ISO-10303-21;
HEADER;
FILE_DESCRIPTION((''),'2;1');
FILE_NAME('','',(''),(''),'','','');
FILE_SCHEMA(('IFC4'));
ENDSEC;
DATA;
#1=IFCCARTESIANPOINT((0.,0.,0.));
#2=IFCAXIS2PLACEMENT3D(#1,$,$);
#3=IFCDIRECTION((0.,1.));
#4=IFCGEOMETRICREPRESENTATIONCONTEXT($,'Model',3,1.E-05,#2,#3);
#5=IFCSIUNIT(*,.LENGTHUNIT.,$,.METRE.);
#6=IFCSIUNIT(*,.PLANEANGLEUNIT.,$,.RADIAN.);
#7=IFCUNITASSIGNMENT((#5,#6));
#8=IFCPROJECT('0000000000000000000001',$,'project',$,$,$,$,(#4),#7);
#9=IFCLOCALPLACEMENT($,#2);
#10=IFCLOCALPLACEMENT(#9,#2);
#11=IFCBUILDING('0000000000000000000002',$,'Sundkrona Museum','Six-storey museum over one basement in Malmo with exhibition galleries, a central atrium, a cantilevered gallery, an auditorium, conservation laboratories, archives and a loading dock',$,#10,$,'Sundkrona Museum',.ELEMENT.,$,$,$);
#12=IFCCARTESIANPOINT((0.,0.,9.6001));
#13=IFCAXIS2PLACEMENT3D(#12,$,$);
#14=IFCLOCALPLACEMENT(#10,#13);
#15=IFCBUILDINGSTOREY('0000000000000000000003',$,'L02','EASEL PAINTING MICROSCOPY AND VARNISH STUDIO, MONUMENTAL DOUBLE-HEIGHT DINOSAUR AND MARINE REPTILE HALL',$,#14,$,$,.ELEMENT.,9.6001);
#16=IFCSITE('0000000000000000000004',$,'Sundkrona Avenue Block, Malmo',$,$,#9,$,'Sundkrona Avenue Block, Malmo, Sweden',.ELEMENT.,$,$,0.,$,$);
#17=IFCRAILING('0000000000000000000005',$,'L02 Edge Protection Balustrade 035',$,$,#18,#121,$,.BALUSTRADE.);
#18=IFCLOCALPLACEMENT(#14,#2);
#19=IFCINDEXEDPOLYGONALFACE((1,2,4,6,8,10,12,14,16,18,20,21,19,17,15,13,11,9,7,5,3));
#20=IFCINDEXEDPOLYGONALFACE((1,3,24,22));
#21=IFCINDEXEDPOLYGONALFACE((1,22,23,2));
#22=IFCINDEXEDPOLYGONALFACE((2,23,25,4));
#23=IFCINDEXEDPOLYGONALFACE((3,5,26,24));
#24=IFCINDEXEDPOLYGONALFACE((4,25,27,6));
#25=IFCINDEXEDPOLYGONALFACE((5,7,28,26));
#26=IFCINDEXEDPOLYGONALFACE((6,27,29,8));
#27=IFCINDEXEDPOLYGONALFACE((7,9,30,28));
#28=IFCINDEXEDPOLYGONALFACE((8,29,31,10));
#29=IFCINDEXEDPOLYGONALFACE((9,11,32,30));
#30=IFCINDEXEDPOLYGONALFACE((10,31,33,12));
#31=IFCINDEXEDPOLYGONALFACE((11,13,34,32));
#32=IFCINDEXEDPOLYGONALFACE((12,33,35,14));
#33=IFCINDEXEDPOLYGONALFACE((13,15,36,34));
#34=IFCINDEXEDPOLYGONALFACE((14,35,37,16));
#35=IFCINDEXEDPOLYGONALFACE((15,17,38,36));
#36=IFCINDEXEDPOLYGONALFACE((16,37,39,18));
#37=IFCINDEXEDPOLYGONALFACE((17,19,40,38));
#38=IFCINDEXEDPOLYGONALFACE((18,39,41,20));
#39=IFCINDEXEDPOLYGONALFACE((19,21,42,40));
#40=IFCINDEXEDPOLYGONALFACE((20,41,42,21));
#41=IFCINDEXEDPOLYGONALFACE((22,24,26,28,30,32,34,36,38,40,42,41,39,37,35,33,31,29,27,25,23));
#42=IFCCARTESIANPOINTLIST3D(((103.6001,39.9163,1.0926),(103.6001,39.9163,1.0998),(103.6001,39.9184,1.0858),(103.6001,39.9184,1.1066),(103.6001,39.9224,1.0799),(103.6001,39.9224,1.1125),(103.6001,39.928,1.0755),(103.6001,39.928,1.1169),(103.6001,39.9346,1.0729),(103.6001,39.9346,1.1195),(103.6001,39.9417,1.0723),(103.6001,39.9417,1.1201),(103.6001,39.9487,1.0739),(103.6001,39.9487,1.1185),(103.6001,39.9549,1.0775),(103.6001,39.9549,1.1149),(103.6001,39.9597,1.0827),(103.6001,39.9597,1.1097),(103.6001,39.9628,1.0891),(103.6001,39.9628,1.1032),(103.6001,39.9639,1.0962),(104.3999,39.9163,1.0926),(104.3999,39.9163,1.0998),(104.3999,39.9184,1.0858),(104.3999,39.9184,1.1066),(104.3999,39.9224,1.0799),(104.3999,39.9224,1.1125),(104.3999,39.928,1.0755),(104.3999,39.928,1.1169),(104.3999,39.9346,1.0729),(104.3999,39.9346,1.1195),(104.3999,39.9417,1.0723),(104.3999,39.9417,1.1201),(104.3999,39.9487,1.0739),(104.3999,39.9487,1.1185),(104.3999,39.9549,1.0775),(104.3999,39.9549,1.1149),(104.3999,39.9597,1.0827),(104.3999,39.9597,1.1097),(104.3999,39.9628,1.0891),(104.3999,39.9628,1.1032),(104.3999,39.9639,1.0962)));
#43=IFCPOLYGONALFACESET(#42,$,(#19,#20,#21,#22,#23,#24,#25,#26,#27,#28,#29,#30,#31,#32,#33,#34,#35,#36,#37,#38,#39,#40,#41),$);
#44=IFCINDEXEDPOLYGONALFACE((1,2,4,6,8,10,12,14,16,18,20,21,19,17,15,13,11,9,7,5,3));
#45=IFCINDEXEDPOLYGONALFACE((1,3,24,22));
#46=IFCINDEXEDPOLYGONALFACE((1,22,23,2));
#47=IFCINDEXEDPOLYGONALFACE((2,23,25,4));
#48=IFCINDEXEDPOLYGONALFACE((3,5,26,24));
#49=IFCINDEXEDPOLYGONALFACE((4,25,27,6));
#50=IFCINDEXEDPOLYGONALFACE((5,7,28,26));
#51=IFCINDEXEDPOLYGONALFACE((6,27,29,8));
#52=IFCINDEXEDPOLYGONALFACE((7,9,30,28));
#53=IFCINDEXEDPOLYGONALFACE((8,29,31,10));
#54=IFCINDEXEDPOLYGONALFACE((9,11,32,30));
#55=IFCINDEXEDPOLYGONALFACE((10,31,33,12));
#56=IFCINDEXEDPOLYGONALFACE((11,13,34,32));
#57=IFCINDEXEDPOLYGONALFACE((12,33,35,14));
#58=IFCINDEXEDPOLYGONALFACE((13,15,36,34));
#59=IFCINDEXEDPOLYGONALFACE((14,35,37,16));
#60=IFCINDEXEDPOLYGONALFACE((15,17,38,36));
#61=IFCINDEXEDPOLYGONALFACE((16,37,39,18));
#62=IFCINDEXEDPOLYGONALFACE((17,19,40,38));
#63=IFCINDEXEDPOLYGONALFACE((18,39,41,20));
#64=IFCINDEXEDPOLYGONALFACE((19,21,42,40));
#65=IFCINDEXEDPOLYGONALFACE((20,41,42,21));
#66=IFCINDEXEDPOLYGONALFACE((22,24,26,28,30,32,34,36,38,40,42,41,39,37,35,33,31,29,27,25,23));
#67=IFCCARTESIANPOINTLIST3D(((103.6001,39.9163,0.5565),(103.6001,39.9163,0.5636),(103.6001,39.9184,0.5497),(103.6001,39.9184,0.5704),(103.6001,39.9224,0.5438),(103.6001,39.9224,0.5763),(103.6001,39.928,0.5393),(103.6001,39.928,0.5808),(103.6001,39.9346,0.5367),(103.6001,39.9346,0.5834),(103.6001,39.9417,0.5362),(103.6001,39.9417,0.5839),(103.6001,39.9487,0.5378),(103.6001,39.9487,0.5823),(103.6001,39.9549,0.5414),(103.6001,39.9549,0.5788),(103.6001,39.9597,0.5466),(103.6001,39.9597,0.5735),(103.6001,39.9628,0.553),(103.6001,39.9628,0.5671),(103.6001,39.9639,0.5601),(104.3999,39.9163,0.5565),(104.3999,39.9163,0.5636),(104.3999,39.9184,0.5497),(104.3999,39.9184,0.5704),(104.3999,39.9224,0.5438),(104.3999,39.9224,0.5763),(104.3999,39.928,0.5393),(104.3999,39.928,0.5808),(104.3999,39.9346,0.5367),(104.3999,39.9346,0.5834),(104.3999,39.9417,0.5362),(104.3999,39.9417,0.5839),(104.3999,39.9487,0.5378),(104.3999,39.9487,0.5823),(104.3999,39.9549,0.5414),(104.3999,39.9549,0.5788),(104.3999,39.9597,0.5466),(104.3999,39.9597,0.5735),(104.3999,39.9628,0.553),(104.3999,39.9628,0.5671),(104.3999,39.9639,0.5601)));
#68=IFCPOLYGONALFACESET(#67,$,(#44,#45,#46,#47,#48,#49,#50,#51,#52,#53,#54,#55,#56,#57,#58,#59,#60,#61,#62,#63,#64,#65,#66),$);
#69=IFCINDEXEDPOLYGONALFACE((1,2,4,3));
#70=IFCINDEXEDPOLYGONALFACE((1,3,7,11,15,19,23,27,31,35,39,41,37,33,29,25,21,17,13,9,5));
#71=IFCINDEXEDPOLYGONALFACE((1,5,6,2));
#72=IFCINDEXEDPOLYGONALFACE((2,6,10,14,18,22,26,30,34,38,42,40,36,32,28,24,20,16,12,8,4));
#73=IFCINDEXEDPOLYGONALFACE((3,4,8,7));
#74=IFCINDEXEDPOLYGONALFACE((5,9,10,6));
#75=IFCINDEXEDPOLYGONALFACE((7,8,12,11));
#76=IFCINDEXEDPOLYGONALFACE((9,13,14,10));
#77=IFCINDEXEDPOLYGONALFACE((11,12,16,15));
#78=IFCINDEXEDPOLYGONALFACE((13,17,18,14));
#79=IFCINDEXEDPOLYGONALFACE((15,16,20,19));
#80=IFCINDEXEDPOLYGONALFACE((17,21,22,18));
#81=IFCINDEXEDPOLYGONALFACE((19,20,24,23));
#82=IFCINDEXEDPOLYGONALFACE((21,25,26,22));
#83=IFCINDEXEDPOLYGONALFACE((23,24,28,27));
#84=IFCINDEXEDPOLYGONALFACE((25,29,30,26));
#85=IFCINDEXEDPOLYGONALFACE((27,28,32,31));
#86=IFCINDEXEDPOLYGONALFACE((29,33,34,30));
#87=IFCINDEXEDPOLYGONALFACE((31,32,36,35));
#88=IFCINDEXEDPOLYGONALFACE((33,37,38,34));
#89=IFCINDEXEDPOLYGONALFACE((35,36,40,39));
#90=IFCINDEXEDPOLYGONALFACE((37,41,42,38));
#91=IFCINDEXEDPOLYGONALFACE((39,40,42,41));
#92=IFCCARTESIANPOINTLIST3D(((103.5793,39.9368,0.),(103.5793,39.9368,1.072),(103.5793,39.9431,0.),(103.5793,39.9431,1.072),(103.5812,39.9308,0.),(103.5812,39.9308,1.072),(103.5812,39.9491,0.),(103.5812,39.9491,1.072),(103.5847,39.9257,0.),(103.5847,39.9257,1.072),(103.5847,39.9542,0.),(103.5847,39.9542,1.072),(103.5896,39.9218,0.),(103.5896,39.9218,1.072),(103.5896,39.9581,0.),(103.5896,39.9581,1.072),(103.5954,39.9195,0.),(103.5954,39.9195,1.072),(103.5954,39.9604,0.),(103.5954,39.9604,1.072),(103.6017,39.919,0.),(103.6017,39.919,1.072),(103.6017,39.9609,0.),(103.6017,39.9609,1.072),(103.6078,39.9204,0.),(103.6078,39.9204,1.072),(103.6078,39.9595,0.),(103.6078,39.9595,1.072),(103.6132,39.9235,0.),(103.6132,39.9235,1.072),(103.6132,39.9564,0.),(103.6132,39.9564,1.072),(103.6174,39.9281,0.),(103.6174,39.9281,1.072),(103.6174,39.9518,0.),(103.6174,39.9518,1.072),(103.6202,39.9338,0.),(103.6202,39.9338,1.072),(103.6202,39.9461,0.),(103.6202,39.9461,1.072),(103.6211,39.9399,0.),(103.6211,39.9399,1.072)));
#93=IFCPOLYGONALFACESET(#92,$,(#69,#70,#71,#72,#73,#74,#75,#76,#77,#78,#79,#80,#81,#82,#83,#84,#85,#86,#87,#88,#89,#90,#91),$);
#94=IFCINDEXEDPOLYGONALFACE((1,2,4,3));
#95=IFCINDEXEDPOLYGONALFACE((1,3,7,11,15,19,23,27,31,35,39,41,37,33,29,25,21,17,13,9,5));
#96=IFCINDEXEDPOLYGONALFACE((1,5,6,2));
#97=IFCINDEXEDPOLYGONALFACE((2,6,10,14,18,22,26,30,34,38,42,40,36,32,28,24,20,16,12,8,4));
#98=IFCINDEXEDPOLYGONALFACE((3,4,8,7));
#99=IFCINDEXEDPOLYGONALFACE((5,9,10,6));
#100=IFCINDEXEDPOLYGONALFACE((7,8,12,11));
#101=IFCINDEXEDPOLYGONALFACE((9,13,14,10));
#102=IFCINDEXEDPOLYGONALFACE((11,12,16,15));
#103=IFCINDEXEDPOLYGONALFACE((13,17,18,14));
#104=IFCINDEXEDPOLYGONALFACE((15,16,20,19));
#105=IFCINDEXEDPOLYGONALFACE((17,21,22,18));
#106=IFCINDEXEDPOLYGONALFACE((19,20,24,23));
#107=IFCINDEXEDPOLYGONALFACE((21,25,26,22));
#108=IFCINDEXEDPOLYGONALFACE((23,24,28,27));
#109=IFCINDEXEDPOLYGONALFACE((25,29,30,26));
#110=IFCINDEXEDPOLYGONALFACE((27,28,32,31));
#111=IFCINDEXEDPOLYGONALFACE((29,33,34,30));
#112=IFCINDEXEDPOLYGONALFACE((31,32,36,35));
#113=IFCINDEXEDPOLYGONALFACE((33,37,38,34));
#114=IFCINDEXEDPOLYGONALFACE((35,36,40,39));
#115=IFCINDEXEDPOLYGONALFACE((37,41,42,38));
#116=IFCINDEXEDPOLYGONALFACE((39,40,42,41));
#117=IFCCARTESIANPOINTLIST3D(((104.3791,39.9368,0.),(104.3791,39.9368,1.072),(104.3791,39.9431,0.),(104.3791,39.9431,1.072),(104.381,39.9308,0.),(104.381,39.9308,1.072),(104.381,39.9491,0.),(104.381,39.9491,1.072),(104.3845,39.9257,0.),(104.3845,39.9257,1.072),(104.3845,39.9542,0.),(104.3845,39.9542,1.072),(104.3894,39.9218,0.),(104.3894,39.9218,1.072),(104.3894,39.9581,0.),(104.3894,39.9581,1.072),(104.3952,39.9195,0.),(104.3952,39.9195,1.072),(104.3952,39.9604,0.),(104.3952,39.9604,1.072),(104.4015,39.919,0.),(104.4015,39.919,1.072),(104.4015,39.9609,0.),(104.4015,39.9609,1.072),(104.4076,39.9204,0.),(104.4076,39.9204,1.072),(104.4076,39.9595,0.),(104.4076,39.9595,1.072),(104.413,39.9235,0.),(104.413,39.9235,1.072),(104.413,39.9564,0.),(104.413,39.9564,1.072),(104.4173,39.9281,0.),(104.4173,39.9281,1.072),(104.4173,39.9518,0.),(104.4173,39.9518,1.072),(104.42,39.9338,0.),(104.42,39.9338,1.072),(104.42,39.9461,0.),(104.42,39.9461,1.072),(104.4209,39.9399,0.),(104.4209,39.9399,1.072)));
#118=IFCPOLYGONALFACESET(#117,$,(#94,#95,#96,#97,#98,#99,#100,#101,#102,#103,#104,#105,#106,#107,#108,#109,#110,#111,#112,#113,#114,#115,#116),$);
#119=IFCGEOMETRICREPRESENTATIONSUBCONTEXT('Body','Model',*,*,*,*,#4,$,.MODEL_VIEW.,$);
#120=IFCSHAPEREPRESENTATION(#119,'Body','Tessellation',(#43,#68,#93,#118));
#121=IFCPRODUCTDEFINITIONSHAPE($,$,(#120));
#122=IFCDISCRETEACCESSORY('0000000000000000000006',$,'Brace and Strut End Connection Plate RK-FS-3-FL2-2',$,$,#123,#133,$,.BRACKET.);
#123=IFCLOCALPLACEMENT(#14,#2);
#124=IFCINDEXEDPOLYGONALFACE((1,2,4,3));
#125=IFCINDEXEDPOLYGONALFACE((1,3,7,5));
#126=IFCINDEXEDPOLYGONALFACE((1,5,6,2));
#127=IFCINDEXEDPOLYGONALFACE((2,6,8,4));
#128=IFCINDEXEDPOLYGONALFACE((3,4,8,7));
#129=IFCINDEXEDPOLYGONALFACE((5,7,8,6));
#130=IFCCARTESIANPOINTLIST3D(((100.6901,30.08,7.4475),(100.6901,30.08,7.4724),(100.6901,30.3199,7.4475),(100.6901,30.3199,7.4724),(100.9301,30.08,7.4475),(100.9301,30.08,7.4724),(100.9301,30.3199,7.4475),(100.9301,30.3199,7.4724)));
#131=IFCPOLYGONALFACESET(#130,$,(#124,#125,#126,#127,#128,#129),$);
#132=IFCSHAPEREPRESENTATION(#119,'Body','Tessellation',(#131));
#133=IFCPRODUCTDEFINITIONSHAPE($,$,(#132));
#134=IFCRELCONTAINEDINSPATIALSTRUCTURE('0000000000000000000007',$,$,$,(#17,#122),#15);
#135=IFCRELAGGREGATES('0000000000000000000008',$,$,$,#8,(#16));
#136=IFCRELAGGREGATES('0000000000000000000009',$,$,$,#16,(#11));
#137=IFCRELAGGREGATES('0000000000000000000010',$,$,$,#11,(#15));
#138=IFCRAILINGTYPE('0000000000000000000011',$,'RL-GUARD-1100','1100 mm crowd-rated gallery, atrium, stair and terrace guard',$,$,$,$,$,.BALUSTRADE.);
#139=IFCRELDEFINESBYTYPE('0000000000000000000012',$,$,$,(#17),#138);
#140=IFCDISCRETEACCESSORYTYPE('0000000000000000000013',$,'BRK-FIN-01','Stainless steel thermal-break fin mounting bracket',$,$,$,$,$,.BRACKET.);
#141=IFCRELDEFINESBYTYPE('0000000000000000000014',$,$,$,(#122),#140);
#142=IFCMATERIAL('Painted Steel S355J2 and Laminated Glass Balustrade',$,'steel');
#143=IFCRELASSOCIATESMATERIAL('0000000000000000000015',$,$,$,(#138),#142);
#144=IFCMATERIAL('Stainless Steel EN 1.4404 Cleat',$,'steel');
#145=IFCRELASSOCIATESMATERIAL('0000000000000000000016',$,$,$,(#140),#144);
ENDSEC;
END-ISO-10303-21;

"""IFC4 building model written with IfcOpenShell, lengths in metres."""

from ifc_helpers import new_model, si_unit, direction, frame, origin, origin_2d, place, context, subcontext, project, spatial, rectangle, circle, extrude, material, type_object, element, save


model = new_model("IFC4")

# Units and contexts
model_context = context("Model", 3, precision=1e-05, world=origin(), true_north=direction((0.0, 1.0)))
body_context = subcontext(model_context, "Body", "Model", "MODEL_VIEW")
ifc_project = project(units=[si_unit("LENGTHUNIT", "METRE"), si_unit("PLANEANGLEUNIT", "RADIAN")], contexts=[model_context])

# Site, building, storey
site_placement = place(None, origin())
site = spatial("IfcSite", under=ifc_project, at=site_placement, Name="Sundkrona Avenue Block, Malmo", LongName="Sundkrona Avenue Block, Malmo, Sweden", CompositionType="ELEMENT", RefElevation=0.0)
building_placement = place(site_placement, origin())
building = spatial("IfcBuilding", under=site, at=building_placement, Name="Sundkrona Museum", Description="Six-storey museum over one basement in Malmo with exhibition galleries, a central atrium, a cantilevered gallery, an auditorium, conservation laboratories, archives and a loading dock", LongName="Sundkrona Museum", CompositionType="ELEMENT")
storey_placement = place(building_placement, frame((0.0, 0.0, 9.6001)))
storey = spatial("IfcBuildingStorey", under=building, at=storey_placement, Name="L02", Description="EASEL PAINTING MICROSCOPY AND VARNISH STUDIO, MONUMENTAL DOUBLE-HEIGHT DINOSAUR AND MARINE REPTILE HALL", CompositionType="ELEMENT", Elevation=9.6001)

# Railing
ifc_material_1 = material(Name="Painted Steel S355J2 and Laminated Glass Balustrade", Category="steel")
railing_type = type_object("IfcRailingType", Name="RL-GUARD-1100", Description="1100 mm crowd-rated gallery, atrium, stair and terrace guard", PredefinedType="BALUSTRADE", material=ifc_material_1)
for number, where, name in (
    (1, (103.6001, 39.9399, 0.0), "L02 Edge Protection Balustrade 035"),
):
    element("IfcRailing", number, at=place(storey_placement, frame(where)), inside=storey, type_object=railing_type, Name=name, PredefinedType="BALUSTRADE", context=body_context, shape_type="SweptSolid", body=[
        extrude(circle(Radius=0.0239, at=origin_2d()), frame((0.0, 0.0, 1.0962), z_axis=(1.0, 0.0, 0.0), x_axis=(0.0, 1.0, 0.0)), (0.0, 0.0, 1.0), 0.7998),
        extrude(circle(Radius=0.0239, at=origin_2d()), frame((0.0, 0.0, 0.5601), z_axis=(1.0, 0.0, 0.0), x_axis=(0.0, 1.0, 0.0)), (0.0, 0.0, 1.0), 0.7998),
        extrude(circle(Radius=0.021, at=origin_2d()), origin(), (0.0, 0.0, 1.0), 1.072),
        extrude(circle(Radius=0.021, at=origin_2d()), frame((0.7998, 0.0, 0.0)), (0.0, 0.0, 1.0), 1.072),
    ])

# Discrete accessory
ifc_material_2 = material(Name="Stainless Steel EN 1.4404 Cleat", Category="steel")
discrete_accessory_type = type_object("IfcDiscreteAccessoryType", Name="BRK-FIN-01", Description="Stainless steel thermal-break fin mounting bracket", PredefinedType="BRACKET", material=ifc_material_2)
discrete_accessory_placement = place(storey_placement, frame((100.8101, 30.2, 7.4475), z_axis=(0.0, 0.0, 1.0), x_axis=(1.0, 0.0, 0.0)))
element("IfcDiscreteAccessory", 2, at=discrete_accessory_placement, inside=storey, type_object=discrete_accessory_type, Name="Brace and Strut End Connection Plate RK-FS-3-FL2-2", PredefinedType="BRACKET", context=body_context, shape_type="SweptSolid", body=[
    extrude(rectangle(XDim=0.24, YDim=0.24, at=origin_2d()), origin(), (0.0, 0.0, 1.0), 0.0249),
])

save(model, "model.ifc")
